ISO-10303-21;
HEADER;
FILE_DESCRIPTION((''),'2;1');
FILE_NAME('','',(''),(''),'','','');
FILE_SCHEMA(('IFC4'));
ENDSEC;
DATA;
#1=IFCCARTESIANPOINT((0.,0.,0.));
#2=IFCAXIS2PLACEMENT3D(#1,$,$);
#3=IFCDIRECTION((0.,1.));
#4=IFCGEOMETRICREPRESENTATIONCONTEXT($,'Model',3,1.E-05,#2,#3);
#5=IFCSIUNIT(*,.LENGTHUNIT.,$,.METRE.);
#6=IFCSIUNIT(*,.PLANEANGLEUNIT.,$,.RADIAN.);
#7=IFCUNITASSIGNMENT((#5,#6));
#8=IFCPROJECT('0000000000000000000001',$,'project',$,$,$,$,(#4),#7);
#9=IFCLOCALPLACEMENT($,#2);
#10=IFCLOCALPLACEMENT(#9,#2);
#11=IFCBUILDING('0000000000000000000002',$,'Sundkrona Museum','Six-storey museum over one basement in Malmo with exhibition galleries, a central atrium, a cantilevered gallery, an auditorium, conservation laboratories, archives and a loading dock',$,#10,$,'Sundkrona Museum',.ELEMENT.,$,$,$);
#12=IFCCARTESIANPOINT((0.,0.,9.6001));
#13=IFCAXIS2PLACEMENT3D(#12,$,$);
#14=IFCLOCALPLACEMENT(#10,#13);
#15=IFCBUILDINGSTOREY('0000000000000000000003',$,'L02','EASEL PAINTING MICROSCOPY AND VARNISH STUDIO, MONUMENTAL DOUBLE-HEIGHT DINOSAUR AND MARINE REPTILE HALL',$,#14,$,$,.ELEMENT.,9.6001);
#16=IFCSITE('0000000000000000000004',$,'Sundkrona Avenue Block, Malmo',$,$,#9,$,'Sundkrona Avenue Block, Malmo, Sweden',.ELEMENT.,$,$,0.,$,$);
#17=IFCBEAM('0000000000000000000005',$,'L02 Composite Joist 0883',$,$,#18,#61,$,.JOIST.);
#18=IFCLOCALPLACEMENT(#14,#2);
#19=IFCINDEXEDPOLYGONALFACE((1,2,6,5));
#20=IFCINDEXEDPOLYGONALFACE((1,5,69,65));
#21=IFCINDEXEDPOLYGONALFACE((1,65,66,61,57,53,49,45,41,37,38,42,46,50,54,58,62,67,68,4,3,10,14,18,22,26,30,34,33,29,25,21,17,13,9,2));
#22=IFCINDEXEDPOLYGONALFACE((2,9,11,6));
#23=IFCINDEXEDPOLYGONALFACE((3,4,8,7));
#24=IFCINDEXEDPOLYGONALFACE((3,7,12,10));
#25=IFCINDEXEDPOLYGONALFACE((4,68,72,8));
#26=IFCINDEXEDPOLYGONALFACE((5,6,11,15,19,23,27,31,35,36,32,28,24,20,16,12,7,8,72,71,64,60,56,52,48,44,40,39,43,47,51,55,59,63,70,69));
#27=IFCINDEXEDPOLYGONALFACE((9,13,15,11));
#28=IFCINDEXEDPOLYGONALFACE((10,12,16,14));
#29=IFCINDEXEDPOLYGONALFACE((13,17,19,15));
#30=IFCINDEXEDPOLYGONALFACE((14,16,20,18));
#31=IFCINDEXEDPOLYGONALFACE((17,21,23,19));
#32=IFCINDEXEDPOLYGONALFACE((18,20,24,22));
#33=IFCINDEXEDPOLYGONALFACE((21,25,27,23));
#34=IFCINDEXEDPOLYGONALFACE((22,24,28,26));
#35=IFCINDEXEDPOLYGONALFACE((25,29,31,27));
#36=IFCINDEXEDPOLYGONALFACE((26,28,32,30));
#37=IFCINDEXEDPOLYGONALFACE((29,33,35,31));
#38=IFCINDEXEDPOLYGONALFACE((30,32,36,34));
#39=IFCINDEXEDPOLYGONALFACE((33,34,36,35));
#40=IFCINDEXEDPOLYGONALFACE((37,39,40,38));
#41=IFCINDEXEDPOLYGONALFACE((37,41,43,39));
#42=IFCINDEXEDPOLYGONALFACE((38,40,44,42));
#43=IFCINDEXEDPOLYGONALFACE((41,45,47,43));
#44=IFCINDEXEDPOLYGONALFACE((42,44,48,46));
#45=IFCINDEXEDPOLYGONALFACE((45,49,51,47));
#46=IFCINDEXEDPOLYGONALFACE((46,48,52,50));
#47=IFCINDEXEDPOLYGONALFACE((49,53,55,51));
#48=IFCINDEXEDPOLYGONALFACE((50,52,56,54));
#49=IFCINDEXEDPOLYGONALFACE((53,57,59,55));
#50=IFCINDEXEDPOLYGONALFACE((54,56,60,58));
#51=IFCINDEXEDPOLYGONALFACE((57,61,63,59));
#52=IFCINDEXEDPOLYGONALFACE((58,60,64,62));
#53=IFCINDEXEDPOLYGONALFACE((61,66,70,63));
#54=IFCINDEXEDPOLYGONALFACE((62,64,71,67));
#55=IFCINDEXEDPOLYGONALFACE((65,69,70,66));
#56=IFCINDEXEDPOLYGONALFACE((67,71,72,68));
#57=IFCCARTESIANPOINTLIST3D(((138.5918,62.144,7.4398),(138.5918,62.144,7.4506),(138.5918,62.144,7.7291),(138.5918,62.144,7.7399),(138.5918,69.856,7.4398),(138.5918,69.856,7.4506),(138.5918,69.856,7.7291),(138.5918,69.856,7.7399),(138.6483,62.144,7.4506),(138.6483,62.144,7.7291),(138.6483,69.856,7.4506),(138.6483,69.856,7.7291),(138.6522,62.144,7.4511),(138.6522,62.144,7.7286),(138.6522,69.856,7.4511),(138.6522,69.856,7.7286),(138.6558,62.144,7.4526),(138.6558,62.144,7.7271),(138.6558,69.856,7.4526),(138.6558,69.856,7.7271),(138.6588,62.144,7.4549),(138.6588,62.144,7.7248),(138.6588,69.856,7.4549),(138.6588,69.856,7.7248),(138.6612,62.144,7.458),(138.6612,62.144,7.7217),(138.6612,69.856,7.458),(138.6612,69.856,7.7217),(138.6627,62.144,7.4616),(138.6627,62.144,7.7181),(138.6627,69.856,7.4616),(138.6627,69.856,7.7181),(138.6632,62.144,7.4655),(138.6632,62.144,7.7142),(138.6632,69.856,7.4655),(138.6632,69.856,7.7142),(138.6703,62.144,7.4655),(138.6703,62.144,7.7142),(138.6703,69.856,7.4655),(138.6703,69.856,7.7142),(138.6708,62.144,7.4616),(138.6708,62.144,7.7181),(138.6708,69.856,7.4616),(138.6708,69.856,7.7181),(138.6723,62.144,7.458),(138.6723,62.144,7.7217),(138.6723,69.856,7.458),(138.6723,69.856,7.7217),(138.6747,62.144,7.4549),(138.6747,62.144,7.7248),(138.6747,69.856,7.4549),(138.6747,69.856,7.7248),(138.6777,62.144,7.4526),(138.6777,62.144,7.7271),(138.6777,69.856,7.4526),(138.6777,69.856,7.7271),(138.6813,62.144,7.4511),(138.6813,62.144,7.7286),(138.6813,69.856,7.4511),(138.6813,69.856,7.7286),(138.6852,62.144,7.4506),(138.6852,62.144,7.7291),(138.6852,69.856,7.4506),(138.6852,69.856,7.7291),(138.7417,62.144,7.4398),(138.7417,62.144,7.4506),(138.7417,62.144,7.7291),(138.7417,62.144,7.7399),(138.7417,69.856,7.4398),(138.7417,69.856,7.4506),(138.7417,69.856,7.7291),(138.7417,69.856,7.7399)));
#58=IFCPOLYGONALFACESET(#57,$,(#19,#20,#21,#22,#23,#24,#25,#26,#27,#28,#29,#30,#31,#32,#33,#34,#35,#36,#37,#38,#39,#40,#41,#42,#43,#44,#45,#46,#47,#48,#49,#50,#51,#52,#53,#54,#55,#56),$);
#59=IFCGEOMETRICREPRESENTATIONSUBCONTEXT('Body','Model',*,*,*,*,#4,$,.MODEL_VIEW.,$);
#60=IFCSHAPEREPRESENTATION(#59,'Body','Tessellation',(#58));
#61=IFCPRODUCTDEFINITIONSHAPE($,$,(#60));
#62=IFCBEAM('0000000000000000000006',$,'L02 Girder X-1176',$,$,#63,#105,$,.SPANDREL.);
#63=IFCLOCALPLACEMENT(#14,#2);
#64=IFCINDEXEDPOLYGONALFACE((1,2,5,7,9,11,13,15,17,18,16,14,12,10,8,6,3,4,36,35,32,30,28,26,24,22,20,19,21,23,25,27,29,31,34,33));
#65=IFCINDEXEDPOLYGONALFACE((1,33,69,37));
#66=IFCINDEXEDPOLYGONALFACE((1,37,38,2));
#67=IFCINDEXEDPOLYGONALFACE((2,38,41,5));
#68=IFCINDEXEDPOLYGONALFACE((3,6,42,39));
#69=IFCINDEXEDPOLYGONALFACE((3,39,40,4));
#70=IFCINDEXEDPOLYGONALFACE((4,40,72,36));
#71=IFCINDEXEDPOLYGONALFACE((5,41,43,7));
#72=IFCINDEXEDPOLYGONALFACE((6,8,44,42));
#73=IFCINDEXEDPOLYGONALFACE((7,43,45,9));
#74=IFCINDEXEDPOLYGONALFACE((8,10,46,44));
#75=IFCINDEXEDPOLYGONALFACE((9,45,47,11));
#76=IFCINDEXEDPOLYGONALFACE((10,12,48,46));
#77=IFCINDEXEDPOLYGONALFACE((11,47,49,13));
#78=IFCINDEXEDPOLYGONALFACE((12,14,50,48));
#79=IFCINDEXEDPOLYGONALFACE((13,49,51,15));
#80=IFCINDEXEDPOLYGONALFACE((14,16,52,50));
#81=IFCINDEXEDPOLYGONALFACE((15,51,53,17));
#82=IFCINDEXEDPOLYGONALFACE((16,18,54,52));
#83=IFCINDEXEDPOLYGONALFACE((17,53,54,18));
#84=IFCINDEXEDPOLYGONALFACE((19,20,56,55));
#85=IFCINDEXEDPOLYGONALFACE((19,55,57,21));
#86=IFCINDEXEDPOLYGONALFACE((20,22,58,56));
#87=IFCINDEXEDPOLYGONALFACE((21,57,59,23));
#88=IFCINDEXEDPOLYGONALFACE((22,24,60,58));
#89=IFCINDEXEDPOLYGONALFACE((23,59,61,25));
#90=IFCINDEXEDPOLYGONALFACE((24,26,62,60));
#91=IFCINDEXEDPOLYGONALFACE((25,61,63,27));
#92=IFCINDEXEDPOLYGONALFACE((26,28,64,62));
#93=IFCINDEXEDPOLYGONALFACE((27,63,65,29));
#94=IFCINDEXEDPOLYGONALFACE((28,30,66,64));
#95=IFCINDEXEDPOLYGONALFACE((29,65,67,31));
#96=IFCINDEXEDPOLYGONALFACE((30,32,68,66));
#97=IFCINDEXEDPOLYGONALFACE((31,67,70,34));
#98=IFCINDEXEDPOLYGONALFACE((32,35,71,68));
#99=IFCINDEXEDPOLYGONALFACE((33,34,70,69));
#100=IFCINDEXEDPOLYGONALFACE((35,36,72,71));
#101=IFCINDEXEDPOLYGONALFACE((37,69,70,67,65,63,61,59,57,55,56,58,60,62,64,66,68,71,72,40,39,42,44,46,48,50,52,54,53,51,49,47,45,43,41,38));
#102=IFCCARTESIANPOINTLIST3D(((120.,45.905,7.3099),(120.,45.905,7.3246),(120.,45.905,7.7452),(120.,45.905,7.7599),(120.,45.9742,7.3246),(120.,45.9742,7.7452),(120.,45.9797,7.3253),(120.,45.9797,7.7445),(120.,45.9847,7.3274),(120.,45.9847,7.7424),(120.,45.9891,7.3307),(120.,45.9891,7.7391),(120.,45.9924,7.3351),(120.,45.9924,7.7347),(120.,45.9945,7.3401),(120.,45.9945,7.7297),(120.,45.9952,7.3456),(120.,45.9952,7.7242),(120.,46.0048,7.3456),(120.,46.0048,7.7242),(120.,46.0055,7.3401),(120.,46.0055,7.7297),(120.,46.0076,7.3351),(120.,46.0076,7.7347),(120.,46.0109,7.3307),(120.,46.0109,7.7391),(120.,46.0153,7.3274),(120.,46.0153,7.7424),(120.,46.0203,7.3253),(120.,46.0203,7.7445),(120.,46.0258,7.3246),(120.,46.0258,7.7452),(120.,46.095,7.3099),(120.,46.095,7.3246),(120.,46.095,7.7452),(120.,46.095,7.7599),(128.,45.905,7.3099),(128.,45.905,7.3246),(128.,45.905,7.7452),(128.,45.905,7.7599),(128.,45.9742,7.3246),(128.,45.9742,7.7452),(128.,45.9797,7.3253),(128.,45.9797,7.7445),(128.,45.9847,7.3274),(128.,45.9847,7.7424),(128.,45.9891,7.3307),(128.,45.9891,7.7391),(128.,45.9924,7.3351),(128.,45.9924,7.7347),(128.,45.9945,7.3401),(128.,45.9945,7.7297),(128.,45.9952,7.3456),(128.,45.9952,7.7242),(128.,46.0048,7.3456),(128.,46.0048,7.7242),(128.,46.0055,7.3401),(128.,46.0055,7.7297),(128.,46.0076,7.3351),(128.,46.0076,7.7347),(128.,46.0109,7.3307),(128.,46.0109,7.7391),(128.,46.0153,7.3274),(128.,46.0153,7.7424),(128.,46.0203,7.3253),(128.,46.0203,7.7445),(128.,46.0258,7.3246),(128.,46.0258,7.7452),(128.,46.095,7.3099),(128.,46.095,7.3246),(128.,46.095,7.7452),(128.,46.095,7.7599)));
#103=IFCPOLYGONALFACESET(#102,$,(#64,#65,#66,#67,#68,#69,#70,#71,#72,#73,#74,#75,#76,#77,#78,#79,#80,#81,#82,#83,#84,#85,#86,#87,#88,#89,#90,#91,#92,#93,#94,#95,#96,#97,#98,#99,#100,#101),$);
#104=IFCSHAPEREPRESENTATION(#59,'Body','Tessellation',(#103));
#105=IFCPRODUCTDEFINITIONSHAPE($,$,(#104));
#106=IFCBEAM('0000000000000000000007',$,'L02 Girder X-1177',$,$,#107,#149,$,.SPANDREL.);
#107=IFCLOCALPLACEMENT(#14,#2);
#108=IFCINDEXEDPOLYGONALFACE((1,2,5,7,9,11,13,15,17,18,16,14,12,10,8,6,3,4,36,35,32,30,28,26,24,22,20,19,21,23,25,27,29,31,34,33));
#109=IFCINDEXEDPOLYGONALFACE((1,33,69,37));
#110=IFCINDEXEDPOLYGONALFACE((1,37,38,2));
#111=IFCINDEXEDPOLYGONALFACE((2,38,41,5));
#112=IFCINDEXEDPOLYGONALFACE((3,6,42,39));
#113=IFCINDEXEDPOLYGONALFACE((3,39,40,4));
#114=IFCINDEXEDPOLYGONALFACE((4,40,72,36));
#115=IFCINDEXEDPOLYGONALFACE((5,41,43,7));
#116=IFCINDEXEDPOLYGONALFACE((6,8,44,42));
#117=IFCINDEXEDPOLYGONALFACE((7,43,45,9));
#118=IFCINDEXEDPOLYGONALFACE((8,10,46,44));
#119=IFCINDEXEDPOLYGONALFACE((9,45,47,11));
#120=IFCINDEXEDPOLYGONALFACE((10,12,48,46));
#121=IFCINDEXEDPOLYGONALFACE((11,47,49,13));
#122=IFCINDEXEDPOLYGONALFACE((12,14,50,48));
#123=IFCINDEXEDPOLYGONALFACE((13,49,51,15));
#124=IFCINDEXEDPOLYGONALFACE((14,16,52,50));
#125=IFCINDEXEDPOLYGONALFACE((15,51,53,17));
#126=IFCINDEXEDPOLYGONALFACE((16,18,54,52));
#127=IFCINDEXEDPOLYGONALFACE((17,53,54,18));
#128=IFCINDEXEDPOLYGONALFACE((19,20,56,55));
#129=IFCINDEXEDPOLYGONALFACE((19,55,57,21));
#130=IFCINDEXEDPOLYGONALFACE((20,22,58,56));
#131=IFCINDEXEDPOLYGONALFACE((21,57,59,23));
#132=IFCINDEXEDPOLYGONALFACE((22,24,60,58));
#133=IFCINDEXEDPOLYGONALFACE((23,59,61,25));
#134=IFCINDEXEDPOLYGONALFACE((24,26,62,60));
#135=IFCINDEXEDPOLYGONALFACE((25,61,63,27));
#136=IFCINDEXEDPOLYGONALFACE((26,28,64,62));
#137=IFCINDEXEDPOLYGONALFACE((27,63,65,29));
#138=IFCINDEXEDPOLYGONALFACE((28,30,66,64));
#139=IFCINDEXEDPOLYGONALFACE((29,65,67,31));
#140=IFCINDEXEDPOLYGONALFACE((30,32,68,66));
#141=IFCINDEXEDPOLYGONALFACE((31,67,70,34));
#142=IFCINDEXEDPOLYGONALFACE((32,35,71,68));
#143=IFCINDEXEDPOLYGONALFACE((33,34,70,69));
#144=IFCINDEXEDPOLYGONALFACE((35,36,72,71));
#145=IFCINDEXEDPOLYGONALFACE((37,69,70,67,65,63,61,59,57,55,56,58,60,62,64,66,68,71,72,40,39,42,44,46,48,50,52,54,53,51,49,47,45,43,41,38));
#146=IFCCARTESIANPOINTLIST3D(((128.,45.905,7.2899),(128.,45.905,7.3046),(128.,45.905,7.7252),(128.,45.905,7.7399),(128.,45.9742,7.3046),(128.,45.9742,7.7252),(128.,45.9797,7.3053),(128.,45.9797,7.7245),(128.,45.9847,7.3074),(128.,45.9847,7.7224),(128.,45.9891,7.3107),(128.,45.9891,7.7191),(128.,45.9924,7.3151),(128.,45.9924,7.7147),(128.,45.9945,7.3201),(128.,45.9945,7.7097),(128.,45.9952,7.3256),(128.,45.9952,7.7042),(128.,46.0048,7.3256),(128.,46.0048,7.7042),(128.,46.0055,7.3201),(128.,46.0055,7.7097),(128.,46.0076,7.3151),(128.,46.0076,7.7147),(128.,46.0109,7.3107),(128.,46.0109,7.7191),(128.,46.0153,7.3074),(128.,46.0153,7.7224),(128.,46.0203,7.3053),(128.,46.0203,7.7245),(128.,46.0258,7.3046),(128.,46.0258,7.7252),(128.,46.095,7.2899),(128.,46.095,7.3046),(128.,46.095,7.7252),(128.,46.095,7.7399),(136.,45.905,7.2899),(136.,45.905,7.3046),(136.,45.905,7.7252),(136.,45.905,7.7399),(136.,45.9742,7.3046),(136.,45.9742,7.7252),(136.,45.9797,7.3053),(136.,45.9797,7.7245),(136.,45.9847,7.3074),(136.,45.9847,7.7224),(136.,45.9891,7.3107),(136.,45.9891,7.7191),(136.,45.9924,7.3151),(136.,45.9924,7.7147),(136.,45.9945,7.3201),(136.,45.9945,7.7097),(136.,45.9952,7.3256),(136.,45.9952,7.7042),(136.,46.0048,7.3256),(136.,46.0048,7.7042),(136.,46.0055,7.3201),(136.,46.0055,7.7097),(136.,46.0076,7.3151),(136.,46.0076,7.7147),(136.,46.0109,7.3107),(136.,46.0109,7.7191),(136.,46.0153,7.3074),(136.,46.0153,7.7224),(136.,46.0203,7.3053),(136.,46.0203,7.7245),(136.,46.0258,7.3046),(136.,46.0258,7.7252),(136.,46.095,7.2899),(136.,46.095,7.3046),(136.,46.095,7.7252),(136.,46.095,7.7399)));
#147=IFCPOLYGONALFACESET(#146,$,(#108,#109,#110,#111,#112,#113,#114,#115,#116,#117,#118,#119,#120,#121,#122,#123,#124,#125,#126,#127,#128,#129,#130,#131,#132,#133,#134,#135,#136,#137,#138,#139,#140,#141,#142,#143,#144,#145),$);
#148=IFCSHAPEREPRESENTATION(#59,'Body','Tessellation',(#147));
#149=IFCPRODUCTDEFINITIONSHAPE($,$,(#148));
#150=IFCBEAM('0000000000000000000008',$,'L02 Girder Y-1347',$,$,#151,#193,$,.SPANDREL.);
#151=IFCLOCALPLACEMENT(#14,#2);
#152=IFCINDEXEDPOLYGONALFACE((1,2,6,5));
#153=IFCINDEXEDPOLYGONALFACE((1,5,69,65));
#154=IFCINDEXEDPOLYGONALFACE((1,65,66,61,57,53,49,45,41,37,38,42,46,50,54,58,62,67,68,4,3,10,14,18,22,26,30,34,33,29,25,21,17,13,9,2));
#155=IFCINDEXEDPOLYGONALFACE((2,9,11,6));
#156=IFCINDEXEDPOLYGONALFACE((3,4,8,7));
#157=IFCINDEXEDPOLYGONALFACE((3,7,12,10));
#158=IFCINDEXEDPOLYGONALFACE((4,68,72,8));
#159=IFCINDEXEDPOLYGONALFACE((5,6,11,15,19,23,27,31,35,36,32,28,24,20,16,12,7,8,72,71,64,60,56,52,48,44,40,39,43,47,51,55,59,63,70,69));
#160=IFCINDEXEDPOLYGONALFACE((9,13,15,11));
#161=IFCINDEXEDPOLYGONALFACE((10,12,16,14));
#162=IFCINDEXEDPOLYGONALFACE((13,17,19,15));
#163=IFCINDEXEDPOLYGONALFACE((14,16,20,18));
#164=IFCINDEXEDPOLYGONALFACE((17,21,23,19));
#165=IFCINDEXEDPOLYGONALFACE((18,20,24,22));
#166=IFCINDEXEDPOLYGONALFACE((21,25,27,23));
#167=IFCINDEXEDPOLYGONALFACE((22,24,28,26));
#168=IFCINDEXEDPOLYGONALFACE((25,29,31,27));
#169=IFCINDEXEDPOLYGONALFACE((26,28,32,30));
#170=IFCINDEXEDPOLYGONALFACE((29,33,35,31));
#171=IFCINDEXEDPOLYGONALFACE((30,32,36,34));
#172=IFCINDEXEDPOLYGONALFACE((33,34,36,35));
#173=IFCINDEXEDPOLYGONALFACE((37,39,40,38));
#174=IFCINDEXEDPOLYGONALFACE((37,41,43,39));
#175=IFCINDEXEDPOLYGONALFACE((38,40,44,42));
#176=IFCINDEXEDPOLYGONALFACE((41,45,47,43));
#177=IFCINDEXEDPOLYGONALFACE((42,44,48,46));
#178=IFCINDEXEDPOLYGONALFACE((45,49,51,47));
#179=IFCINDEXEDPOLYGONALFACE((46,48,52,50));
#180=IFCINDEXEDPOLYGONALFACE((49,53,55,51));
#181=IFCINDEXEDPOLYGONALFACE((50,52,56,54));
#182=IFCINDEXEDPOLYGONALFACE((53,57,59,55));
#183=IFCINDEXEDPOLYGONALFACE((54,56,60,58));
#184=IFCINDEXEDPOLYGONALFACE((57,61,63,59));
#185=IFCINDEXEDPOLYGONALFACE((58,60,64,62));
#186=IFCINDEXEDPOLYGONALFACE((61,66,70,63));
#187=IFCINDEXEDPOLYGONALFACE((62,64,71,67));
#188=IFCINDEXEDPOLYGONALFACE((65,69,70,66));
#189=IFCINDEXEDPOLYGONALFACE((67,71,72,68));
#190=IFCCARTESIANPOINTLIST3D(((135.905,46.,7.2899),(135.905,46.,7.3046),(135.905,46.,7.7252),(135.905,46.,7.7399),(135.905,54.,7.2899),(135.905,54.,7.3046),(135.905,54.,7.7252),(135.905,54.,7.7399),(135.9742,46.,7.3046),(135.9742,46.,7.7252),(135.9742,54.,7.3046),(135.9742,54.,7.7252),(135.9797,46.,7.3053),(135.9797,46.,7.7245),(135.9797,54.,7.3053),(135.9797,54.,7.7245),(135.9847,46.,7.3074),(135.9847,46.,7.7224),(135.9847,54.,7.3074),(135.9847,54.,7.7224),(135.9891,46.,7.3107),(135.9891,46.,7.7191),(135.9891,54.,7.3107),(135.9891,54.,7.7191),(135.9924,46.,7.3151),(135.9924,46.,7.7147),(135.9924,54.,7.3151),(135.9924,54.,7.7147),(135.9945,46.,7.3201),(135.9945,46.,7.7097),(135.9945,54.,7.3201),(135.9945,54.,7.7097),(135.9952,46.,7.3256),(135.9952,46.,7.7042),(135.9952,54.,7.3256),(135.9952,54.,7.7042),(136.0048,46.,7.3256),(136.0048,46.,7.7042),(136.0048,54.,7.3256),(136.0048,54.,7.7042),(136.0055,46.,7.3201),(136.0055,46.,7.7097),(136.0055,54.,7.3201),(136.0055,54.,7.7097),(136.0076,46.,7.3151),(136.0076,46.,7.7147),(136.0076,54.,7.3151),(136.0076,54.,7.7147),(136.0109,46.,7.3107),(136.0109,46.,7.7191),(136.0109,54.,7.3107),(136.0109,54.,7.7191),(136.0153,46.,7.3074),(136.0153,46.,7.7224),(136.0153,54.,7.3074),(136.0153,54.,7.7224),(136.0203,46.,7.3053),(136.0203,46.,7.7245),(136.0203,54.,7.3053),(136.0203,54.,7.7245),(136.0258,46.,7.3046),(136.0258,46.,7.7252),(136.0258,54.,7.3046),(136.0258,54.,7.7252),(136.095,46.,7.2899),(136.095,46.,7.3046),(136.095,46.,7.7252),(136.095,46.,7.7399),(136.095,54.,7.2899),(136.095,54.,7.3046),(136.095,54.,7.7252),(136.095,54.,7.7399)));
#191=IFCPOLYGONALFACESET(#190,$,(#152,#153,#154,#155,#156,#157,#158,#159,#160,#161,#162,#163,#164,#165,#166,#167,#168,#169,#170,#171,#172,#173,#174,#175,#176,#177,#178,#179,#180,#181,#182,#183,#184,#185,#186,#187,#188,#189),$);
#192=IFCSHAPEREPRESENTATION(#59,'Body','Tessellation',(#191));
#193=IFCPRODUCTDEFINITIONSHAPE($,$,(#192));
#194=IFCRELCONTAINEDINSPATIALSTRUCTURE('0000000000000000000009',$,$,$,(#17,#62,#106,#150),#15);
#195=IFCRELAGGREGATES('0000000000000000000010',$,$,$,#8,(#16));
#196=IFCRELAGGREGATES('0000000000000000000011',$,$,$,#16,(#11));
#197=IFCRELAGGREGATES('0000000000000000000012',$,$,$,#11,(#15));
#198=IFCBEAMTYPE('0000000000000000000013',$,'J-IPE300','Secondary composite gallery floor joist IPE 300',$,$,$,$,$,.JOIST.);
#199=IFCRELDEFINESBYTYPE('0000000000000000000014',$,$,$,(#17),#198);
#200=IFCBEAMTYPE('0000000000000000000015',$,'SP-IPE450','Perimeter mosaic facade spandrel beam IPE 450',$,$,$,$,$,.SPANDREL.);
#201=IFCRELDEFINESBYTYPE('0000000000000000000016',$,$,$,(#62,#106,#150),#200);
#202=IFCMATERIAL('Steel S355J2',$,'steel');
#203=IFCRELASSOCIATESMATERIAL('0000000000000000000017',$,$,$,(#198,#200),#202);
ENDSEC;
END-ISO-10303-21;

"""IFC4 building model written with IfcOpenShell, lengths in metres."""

from ifc_helpers import new_model, si_unit, direction, frame, origin, origin_2d, place, context, subcontext, project, spatial, i_section, extrude, material, material_profile, profile_set, type_object, element, save


model = new_model("IFC4")

# Units and contexts
model_context = context("Model", 3, precision=1e-05, world=origin(), true_north=direction((0.0, 1.0)))
body_context = subcontext(model_context, "Body", "Model", "MODEL_VIEW")
ifc_project = project(units=[si_unit("LENGTHUNIT", "METRE"), si_unit("PLANEANGLEUNIT", "RADIAN")], contexts=[model_context])

# Site, building, storey
site_placement = place(None, origin())
site = spatial("IfcSite", under=ifc_project, at=site_placement, Name="Sundkrona Avenue Block, Malmo", LongName="Sundkrona Avenue Block, Malmo, Sweden", CompositionType="ELEMENT", RefElevation=0.0)
building_placement = place(site_placement, origin())
building = spatial("IfcBuilding", under=site, at=building_placement, Name="Sundkrona Museum", Description="Six-storey museum over one basement in Malmo with exhibition galleries, a central atrium, a cantilevered gallery, an auditorium, conservation laboratories, archives and a loading dock", LongName="Sundkrona Museum", CompositionType="ELEMENT")
storey_placement = place(building_placement, frame((0.0, 0.0, 9.6001)))
storey = spatial("IfcBuildingStorey", under=building, at=storey_placement, Name="L02", Description="EASEL PAINTING MICROSCOPY AND VARNISH STUDIO, MONUMENTAL DOUBLE-HEIGHT DINOSAUR AND MARINE REPTILE HALL", CompositionType="ELEMENT", Elevation=9.6001)

# Shared definitions
ifc_material_1 = material(Name="Steel S355J2", Category="steel")

# Beams
ifc_material_profile_1 = material_profile(ifc_material_1, i_section(OverallWidth=0.1499, OverallDepth=0.3, WebThickness=0.0071, FlangeThickness=0.0107, FilletRadius=0.0149, at=origin_2d()), Name="IPE 300")
ifc_profile_set_1 = profile_set([ifc_material_profile_1], Name="Steel S355J2")
beam_type_1 = type_object("IfcBeamType", Name="J-IPE300", Description="Secondary composite gallery floor joist IPE 300", PredefinedType="JOIST", material=ifc_profile_set_1)
for number, where, z_axis, x_axis, name in (
    (1, (138.6667, 62.144, 7.5898), (0.0, 1.0, 0.0), (-1.0, 0.0, 0.0), "L02 Composite Joist 0883"),
):
    element("IfcBeam", number, at=place(storey_placement, frame(where, z_axis=z_axis, x_axis=x_axis)), inside=storey, type_object=beam_type_1, Name=name, PredefinedType="JOIST", context=body_context, shape_type="SweptSolid", body=[
        extrude(i_section(OverallWidth=0.1499, OverallDepth=0.3, WebThickness=0.0071, FlangeThickness=0.0107, FilletRadius=0.0149, at=origin_2d()), origin(), (0.0, 0.0, 1.0), 7.7119),
    ])
ifc_material_profile_2 = material_profile(ifc_material_1, i_section(OverallWidth=0.1899, OverallDepth=0.45, WebThickness=0.0095, FlangeThickness=0.0146, FilletRadius=0.021, at=origin_2d()), Name="IPE 450")
ifc_profile_set_2 = profile_set([ifc_material_profile_2], Name="Steel S355J2")
beam_type_2 = type_object("IfcBeamType", Name="SP-IPE450", Description="Perimeter mosaic facade spandrel beam IPE 450", PredefinedType="SPANDREL", material=ifc_profile_set_2)
for number, where, z_axis, x_axis, name in (
    (2, (120.0, 46.0, 7.5349), (1.0, 0.0, 0.0), (0.0, 1.0, 0.0), "L02 Girder X-1176"),
    (3, (128.0, 46.0, 7.5149), (1.0, 0.0, 0.0), (0.0, 1.0, 0.0), "L02 Girder X-1177"),
    (4, (136.0, 46.0, 7.5149), (0.0, 1.0, 0.0), (-1.0, 0.0, 0.0), "L02 Girder Y-1347"),
):
    element("IfcBeam", number, at=place(storey_placement, frame(where, z_axis=z_axis, x_axis=x_axis)), inside=storey, type_object=beam_type_2, Name=name, PredefinedType="SPANDREL", context=body_context, shape_type="SweptSolid", body=[
        extrude(i_section(OverallWidth=0.1899, OverallDepth=0.45, WebThickness=0.0095, FlangeThickness=0.0146, FilletRadius=0.021, at=origin_2d()), origin(), (0.0, 0.0, 1.0), 8.0),
    ])

save(model, "model.ifc")
